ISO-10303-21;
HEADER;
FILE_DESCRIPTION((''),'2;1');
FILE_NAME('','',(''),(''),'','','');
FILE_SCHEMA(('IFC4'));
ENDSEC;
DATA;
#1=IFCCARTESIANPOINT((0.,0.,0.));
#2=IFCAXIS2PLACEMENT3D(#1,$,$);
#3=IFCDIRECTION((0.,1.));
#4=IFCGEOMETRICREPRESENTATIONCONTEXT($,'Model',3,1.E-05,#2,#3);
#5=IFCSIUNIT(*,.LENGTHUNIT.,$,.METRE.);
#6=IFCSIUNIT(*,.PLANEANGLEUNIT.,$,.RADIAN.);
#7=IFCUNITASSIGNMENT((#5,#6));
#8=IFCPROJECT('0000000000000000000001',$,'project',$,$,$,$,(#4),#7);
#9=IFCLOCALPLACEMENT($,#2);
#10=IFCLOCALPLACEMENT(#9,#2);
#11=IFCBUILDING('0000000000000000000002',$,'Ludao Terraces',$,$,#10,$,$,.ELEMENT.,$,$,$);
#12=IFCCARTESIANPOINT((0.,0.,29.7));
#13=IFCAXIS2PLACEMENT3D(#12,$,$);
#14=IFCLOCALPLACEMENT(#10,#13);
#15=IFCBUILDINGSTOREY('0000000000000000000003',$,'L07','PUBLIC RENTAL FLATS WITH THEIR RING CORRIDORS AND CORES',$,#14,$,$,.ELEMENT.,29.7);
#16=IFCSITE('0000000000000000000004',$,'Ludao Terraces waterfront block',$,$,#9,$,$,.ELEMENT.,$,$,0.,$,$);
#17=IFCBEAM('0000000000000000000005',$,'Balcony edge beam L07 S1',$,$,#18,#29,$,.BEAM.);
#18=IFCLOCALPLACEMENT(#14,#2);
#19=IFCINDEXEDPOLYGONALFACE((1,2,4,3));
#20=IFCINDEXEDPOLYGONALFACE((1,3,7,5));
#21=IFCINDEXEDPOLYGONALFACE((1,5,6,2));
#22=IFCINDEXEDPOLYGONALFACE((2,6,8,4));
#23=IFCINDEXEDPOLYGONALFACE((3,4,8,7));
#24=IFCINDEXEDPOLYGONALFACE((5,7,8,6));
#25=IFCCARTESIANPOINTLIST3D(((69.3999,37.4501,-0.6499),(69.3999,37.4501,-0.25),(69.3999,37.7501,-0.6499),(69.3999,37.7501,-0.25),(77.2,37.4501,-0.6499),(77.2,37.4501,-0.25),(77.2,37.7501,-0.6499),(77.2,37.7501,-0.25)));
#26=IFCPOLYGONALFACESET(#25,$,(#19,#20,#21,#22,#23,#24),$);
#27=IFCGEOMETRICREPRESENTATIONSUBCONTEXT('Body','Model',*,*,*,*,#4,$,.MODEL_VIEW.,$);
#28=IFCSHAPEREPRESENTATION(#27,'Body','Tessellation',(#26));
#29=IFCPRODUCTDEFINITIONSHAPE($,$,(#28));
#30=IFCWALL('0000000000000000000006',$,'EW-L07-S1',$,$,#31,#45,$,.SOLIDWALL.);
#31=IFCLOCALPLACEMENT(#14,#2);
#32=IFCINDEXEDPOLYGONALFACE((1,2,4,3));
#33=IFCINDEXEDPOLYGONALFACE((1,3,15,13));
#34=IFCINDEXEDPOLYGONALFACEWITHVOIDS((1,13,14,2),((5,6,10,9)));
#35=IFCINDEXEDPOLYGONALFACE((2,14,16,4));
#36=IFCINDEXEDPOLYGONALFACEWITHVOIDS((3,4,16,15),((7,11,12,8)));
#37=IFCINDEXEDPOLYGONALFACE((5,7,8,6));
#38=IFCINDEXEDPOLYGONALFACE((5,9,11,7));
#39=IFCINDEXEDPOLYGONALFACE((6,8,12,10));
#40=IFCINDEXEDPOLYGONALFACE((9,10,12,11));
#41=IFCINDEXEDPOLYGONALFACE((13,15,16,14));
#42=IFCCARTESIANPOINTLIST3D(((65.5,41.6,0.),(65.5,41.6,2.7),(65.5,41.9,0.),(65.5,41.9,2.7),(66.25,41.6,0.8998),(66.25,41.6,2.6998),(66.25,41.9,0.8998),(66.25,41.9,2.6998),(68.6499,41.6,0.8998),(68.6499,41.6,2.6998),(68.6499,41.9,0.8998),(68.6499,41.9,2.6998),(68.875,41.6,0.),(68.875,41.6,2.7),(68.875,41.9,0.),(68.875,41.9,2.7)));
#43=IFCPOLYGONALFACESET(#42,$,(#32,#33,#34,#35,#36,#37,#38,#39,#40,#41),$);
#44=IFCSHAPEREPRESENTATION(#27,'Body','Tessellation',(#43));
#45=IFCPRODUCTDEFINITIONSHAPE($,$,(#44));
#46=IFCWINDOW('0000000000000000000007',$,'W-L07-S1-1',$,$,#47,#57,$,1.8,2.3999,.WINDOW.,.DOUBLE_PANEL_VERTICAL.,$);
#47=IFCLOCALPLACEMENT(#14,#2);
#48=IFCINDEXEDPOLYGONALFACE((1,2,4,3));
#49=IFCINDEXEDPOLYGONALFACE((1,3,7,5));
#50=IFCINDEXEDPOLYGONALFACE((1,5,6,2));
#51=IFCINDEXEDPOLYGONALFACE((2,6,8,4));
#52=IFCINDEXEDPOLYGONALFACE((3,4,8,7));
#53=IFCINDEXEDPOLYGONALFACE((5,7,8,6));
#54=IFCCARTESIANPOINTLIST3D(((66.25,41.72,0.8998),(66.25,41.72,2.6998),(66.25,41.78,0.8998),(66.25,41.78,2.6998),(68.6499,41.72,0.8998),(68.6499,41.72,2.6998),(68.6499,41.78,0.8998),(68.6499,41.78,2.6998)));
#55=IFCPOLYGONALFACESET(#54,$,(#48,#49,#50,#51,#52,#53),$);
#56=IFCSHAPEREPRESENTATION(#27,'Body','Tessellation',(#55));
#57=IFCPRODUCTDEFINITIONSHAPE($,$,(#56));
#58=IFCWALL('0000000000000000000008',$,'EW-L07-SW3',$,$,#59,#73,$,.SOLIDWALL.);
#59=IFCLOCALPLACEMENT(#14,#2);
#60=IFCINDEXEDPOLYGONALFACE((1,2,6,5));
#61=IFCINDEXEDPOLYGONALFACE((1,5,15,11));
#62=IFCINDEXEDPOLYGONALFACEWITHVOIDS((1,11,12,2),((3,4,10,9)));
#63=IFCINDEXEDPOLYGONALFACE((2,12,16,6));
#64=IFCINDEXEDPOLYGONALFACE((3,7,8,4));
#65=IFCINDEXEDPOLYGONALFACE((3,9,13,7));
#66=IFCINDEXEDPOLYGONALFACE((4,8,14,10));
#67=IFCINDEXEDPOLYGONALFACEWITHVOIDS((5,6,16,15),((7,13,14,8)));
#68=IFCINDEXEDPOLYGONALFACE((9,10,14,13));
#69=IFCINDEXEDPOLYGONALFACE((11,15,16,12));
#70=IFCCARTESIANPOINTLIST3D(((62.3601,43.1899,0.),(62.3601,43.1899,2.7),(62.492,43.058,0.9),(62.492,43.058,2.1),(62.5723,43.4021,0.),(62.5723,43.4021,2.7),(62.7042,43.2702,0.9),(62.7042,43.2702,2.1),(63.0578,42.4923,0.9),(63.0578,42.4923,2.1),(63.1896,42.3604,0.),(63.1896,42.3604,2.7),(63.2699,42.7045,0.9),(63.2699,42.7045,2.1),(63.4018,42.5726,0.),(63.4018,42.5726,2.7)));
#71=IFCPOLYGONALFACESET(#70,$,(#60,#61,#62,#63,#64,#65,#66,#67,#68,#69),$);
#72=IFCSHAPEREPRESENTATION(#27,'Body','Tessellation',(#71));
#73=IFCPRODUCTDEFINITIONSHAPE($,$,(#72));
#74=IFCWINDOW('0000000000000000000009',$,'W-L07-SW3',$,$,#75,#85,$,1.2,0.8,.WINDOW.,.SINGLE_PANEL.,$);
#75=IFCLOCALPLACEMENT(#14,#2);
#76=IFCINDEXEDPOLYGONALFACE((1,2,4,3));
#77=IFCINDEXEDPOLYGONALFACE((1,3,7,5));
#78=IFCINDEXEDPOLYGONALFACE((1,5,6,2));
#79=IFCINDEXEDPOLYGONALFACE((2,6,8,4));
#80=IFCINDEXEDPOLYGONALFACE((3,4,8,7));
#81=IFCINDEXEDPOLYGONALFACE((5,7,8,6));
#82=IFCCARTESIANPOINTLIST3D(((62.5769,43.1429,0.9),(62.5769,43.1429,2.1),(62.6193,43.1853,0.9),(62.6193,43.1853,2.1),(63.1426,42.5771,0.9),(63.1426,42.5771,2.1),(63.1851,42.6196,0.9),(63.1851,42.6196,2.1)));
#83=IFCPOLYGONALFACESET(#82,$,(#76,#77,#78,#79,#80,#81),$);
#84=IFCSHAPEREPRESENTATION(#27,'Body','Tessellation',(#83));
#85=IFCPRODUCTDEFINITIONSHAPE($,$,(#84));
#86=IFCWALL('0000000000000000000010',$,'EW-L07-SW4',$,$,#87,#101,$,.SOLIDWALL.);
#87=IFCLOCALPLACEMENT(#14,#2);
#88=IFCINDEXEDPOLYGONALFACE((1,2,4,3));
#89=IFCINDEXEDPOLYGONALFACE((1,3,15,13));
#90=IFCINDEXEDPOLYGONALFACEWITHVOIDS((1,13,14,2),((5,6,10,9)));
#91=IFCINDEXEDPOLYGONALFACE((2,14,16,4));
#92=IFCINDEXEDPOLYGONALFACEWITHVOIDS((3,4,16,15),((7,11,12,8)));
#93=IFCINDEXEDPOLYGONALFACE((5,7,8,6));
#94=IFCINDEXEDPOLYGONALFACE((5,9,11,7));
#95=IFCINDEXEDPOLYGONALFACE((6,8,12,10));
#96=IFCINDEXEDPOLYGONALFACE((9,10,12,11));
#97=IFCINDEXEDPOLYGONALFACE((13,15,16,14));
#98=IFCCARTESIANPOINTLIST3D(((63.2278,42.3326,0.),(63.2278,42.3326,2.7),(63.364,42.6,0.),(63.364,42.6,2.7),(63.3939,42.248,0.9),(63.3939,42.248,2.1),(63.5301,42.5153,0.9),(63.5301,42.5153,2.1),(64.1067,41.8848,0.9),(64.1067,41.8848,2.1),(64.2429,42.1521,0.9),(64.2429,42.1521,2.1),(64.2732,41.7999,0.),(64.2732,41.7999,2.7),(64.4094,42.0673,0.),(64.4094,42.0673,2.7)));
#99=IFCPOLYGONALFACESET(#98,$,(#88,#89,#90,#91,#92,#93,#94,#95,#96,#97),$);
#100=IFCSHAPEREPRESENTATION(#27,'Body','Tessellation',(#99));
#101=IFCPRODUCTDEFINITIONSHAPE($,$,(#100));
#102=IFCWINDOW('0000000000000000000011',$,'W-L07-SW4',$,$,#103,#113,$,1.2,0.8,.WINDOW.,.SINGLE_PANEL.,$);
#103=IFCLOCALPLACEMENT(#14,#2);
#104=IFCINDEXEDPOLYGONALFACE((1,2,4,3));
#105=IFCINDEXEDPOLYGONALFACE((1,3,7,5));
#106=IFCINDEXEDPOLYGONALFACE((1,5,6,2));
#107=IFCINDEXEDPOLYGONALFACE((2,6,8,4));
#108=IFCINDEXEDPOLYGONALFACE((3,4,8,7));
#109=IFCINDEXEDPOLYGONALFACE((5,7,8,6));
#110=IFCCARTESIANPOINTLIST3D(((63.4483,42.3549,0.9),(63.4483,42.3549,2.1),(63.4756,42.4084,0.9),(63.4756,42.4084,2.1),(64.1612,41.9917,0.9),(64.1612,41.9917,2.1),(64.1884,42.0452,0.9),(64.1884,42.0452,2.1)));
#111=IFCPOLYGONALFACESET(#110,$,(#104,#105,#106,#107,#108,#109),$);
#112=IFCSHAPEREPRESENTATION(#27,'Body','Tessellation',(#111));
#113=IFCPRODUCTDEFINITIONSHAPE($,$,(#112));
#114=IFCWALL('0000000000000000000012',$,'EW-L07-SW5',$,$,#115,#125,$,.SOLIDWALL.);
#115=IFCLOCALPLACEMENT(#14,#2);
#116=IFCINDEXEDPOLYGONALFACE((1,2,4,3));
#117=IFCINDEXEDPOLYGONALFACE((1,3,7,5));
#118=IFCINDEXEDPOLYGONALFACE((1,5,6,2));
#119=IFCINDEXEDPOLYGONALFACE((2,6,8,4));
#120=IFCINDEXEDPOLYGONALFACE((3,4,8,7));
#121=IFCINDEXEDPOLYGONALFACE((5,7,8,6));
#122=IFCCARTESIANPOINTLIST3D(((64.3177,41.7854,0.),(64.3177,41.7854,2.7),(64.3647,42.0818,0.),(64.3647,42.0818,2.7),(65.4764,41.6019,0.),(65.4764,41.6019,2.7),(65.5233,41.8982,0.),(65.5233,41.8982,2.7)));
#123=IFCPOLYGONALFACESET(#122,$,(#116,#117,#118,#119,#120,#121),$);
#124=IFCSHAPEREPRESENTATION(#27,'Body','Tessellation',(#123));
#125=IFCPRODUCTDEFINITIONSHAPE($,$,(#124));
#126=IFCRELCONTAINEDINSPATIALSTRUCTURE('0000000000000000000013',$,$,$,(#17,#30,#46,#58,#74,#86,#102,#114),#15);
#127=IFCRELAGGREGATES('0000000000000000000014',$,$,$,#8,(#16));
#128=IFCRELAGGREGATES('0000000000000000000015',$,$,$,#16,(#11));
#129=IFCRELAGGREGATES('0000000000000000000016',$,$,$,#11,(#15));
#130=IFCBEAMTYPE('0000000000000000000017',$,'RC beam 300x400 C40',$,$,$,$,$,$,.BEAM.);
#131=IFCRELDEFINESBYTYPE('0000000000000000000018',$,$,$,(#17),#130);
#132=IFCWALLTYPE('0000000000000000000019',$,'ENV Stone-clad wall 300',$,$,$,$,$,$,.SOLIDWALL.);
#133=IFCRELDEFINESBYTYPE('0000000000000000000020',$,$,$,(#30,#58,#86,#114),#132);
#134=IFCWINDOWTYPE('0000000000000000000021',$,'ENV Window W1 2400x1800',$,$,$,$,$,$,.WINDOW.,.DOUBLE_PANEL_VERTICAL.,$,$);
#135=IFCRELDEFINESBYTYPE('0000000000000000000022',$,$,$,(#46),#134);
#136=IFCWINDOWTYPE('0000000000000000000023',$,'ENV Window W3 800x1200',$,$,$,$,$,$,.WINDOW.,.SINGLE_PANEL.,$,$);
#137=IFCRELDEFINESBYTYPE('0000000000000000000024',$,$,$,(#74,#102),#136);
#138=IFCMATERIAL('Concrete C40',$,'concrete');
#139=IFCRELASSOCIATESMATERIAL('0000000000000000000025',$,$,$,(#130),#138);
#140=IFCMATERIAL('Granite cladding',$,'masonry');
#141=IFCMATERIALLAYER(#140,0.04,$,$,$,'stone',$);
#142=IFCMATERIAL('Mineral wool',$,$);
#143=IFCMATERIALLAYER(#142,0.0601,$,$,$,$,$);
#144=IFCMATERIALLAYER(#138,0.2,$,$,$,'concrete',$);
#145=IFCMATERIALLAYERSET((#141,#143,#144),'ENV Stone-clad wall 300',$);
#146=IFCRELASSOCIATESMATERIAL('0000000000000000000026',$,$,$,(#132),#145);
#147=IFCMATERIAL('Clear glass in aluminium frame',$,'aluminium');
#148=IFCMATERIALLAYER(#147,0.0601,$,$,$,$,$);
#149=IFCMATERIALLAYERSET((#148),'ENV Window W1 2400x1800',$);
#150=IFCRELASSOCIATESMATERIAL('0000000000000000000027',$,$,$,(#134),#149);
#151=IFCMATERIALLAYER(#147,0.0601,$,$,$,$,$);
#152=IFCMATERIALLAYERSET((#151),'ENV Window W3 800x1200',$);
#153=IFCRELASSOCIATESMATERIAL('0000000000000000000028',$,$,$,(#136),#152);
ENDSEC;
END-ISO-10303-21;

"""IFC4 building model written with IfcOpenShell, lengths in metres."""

from ifc_helpers import new_model, si_unit, direction, frame, frame_2d, origin, origin_2d, place, context, subcontext, project, spatial, rectangle, extrude, material, layer, layer_set, material_profile, profile_set, type_object, element, fill, save


model = new_model("IFC4")

# Units and contexts
model_context = context("Model", 3, precision=1e-05, world=origin(), true_north=direction((0.0, 1.0)))
body_context = subcontext(model_context, "Body", "Model", "MODEL_VIEW")
ifc_project = project(units=[si_unit("LENGTHUNIT", "METRE"), si_unit("PLANEANGLEUNIT", "RADIAN")], contexts=[model_context])

# Site, building, storey
site_placement = place(None, origin())
site = spatial("IfcSite", under=ifc_project, at=site_placement, Name="Ludao Terraces waterfront block", CompositionType="ELEMENT", RefElevation=0.0)
building_placement = place(site_placement, origin())
building = spatial("IfcBuilding", under=site, at=building_placement, Name="Ludao Terraces", CompositionType="ELEMENT")
storey_placement = place(building_placement, frame((0.0, 0.0, 29.7)))
storey = spatial("IfcBuildingStorey", under=building, at=storey_placement, Name="L07", Description="PUBLIC RENTAL FLATS WITH THEIR RING CORRIDORS AND CORES", CompositionType="ELEMENT", Elevation=29.7)

# Beam
ifc_material_1 = material(Name="Concrete C40", Category="concrete")
ifc_material_profile = material_profile(ifc_material_1, rectangle(XDim=0.3, YDim=0.3999, at=origin_2d()), Name="300 X 400")
ifc_profile_set = profile_set([ifc_material_profile], Name="Concrete C40")
beam_type = type_object("IfcBeamType", Name="RC beam 300x400 C40", PredefinedType="BEAM", material=ifc_profile_set)
beam_placement = place(storey_placement, frame((69.3999, 37.6001, -0.45), z_axis=(1.0, 0.0, 0.0), x_axis=(0.0, 1.0, 0.0)))
element("IfcBeam", 1, at=beam_placement, inside=storey, type_object=beam_type, Name="Balcony edge beam L07 S1", PredefinedType="BEAM", context=body_context, shape_type="SweptSolid", body=[
    extrude(rectangle(XDim=0.3, YDim=0.3999, at=origin_2d()), origin(), (0.0, 0.0, 1.0), 7.8),
])

# Walls, openings, windows
ifc_material_2 = material(Name="Granite cladding", Category="masonry")
ifc_layer_1 = layer(ifc_material_2, 0.04, Category="stone")
ifc_material_3 = material(Name="Mineral wool")
ifc_layer_2 = layer(ifc_material_3, 0.0601)
ifc_layer_3 = layer(ifc_material_1, 0.2, Category="concrete")
ifc_layer_set_1 = layer_set([ifc_layer_1, ifc_layer_2, ifc_layer_3], Name="ENV Stone-clad wall 300")
wall_type_1 = type_object("IfcWallType", Name="ENV Stone-clad wall 300", PredefinedType="SOLIDWALL", material=ifc_layer_set_1)
wall_1_placement = place(storey_placement, frame((65.5, 41.75, 0.0), z_axis=(0.0, 0.0, 1.0), x_axis=(1.0, 0.0, 0.0)))
wall_1 = element("IfcWall", 2, at=wall_1_placement, inside=storey, type_object=wall_type_1, Name="EW-L07-S1", PredefinedType="SOLIDWALL", context=body_context, shape_type="SweptSolid", body=[
    extrude(rectangle(XDim=3.375, YDim=0.3, at=frame_2d((1.6875, 0.0))), origin(), (0.0, 0.0, 1.0), 2.7),
])
opening_1_placement = place(wall_1_placement, frame((0.75, 0.0, 0.8999)))
opening_1 = element("IfcOpeningElement", 3, at=opening_1_placement, cuts=wall_1, PredefinedType="OPENING", context=body_context, shape_type="SweptSolid", body=[
    extrude(rectangle(XDim=2.3999, YDim=1.8, at=frame_2d((1.2, 0.8999))), frame((0.0, 0.1602, 0.0), z_axis=(0.0, -1.0, 0.0), x_axis=(1.0, 0.0, 0.0)), (0.0, 0.0, 1.0), 0.3201),
])
ifc_material_4 = material(Name="Clear glass in aluminium frame", Category="aluminium")
ifc_layer_4 = layer(ifc_material_4, 0.0601)
ifc_layer_set_2 = layer_set([ifc_layer_4], Name="ENV Window W1 2400x1800")
window_type_1 = type_object("IfcWindowType", Name="ENV Window W1 2400x1800", PartitioningType="DOUBLE_PANEL_VERTICAL", PredefinedType="WINDOW", material=ifc_layer_set_2)
window_1_placement = place(opening_1_placement, origin())
window_1 = element("IfcWindow", 4, at=window_1_placement, inside=storey, type_object=window_type_1, Name="W-L07-S1-1", OverallHeight=1.8, OverallWidth=2.3999, PartitioningType="DOUBLE_PANEL_VERTICAL", PredefinedType="WINDOW", context=body_context, shape_type="SweptSolid", body=[
    extrude(rectangle(XDim=2.3999, YDim=1.8, at=frame_2d((1.2, 0.8999))), frame((0.0, 0.03, 0.0), z_axis=(0.0, -1.0, 0.0), x_axis=(1.0, 0.0, 0.0)), (0.0, 0.0, 1.0), 0.0601),
])
fill(opening_1, window_1)
wall_2_placement = place(storey_placement, frame((62.4663, 43.2959, 0.0), z_axis=(0.0, 0.0, 1.0), x_axis=(0.707107, -0.707107, 0.0)))
wall_2 = element("IfcWall", 5, at=wall_2_placement, inside=storey, type_object=wall_type_1, Name="EW-L07-SW3", PredefinedType="SOLIDWALL", context=body_context, shape_type="SweptSolid", body=[
    extrude(rectangle(XDim=1.1731, YDim=0.3, at=frame_2d((0.5864, 0.0))), origin(), (0.0, 0.0, 1.0), 2.7),
])
opening_2_placement = place(wall_2_placement, frame((0.1865, 0.0, 0.8999)))
opening_2 = element("IfcOpeningElement", 6, at=opening_2_placement, cuts=wall_2, PredefinedType="OPENING", context=body_context, shape_type="SweptSolid", body=[
    extrude(rectangle(XDim=0.8, YDim=1.2, at=frame_2d((0.3999, 0.6001))), frame((0.0, 0.1602, 0.0), z_axis=(0.0, -1.0, 0.0), x_axis=(1.0, 0.0, 0.0)), (0.0, 0.0, 1.0), 0.3201),
])
ifc_layer_5 = layer(ifc_material_4, 0.0601)
ifc_layer_set_3 = layer_set([ifc_layer_5], Name="ENV Window W3 800x1200")
window_type_2 = type_object("IfcWindowType", Name="ENV Window W3 800x1200", PartitioningType="SINGLE_PANEL", PredefinedType="WINDOW", material=ifc_layer_set_3)
window_2_placement = place(opening_2_placement, origin())
window_2 = element("IfcWindow", 7, at=window_2_placement, inside=storey, type_object=window_type_2, Name="W-L07-SW3", OverallHeight=1.2, OverallWidth=0.8, PartitioningType="SINGLE_PANEL", PredefinedType="WINDOW", context=body_context, shape_type="SweptSolid", body=[
    extrude(rectangle(XDim=0.8, YDim=1.2, at=frame_2d((0.3999, 0.6001))), frame((0.0, 0.03, 0.0), z_axis=(0.0, -1.0, 0.0), x_axis=(1.0, 0.0, 0.0)), (0.0, 0.0, 1.0), 0.0601),
])
fill(opening_2, window_2)
wall_3_placement = place(storey_placement, frame((63.2959, 42.4663, 0.0), z_axis=(0.0, 0.0, 1.0), x_axis=(0.890989, -0.454026, 0.0)))
wall_3 = element("IfcWall", 8, at=wall_3_placement, inside=storey, type_object=wall_type_1, Name="EW-L07-SW4", PredefinedType="SOLIDWALL", context=body_context, shape_type="SweptSolid", body=[
    extrude(rectangle(XDim=1.1733, YDim=0.3, at=frame_2d((0.5867, 0.0))), origin(), (0.0, 0.0, 1.0), 2.7),
])
opening_3_placement = place(wall_3_placement, frame((0.1865, 0.0, 0.8999)))
opening_3 = element("IfcOpeningElement", 9, at=opening_3_placement, cuts=wall_3, PredefinedType="OPENING", context=body_context, shape_type="SweptSolid", body=[
    extrude(rectangle(XDim=0.8, YDim=1.2, at=frame_2d((0.3999, 0.6001))), frame((0.0, 0.1602, 0.0), z_axis=(0.0, -1.0, 0.0), x_axis=(1.0, 0.0, 0.0)), (0.0, 0.0, 1.0), 0.3201),
])
window_3_placement = place(opening_3_placement, origin())
window_3 = element("IfcWindow", 10, at=window_3_placement, inside=storey, type_object=window_type_2, Name="W-L07-SW4", OverallHeight=1.2, OverallWidth=0.8, PartitioningType="SINGLE_PANEL", PredefinedType="WINDOW", context=body_context, shape_type="SweptSolid", body=[
    extrude(rectangle(XDim=0.8, YDim=1.2, at=frame_2d((0.3999, 0.6001))), frame((0.0, 0.03, 0.0), z_axis=(0.0, -1.0, 0.0), x_axis=(1.0, 0.0, 0.0)), (0.0, 0.0, 1.0), 0.0601),
])
fill(opening_3, window_3)

# Wall
wall_4_placement = place(storey_placement, frame((64.3413, 41.9336, 0.0), z_axis=(0.0, 0.0, 1.0), x_axis=(0.987678, -0.156497, 0.0)))
element("IfcWall", 11, at=wall_4_placement, inside=storey, type_object=wall_type_1, Name="EW-L07-SW5", PredefinedType="SOLIDWALL", context=body_context, shape_type="SweptSolid", body=[
    extrude(rectangle(XDim=1.1731, YDim=0.3, at=frame_2d((0.5864, 0.0))), origin(), (0.0, 0.0, 1.0), 2.7),
])

save(model, "model.ifc")
